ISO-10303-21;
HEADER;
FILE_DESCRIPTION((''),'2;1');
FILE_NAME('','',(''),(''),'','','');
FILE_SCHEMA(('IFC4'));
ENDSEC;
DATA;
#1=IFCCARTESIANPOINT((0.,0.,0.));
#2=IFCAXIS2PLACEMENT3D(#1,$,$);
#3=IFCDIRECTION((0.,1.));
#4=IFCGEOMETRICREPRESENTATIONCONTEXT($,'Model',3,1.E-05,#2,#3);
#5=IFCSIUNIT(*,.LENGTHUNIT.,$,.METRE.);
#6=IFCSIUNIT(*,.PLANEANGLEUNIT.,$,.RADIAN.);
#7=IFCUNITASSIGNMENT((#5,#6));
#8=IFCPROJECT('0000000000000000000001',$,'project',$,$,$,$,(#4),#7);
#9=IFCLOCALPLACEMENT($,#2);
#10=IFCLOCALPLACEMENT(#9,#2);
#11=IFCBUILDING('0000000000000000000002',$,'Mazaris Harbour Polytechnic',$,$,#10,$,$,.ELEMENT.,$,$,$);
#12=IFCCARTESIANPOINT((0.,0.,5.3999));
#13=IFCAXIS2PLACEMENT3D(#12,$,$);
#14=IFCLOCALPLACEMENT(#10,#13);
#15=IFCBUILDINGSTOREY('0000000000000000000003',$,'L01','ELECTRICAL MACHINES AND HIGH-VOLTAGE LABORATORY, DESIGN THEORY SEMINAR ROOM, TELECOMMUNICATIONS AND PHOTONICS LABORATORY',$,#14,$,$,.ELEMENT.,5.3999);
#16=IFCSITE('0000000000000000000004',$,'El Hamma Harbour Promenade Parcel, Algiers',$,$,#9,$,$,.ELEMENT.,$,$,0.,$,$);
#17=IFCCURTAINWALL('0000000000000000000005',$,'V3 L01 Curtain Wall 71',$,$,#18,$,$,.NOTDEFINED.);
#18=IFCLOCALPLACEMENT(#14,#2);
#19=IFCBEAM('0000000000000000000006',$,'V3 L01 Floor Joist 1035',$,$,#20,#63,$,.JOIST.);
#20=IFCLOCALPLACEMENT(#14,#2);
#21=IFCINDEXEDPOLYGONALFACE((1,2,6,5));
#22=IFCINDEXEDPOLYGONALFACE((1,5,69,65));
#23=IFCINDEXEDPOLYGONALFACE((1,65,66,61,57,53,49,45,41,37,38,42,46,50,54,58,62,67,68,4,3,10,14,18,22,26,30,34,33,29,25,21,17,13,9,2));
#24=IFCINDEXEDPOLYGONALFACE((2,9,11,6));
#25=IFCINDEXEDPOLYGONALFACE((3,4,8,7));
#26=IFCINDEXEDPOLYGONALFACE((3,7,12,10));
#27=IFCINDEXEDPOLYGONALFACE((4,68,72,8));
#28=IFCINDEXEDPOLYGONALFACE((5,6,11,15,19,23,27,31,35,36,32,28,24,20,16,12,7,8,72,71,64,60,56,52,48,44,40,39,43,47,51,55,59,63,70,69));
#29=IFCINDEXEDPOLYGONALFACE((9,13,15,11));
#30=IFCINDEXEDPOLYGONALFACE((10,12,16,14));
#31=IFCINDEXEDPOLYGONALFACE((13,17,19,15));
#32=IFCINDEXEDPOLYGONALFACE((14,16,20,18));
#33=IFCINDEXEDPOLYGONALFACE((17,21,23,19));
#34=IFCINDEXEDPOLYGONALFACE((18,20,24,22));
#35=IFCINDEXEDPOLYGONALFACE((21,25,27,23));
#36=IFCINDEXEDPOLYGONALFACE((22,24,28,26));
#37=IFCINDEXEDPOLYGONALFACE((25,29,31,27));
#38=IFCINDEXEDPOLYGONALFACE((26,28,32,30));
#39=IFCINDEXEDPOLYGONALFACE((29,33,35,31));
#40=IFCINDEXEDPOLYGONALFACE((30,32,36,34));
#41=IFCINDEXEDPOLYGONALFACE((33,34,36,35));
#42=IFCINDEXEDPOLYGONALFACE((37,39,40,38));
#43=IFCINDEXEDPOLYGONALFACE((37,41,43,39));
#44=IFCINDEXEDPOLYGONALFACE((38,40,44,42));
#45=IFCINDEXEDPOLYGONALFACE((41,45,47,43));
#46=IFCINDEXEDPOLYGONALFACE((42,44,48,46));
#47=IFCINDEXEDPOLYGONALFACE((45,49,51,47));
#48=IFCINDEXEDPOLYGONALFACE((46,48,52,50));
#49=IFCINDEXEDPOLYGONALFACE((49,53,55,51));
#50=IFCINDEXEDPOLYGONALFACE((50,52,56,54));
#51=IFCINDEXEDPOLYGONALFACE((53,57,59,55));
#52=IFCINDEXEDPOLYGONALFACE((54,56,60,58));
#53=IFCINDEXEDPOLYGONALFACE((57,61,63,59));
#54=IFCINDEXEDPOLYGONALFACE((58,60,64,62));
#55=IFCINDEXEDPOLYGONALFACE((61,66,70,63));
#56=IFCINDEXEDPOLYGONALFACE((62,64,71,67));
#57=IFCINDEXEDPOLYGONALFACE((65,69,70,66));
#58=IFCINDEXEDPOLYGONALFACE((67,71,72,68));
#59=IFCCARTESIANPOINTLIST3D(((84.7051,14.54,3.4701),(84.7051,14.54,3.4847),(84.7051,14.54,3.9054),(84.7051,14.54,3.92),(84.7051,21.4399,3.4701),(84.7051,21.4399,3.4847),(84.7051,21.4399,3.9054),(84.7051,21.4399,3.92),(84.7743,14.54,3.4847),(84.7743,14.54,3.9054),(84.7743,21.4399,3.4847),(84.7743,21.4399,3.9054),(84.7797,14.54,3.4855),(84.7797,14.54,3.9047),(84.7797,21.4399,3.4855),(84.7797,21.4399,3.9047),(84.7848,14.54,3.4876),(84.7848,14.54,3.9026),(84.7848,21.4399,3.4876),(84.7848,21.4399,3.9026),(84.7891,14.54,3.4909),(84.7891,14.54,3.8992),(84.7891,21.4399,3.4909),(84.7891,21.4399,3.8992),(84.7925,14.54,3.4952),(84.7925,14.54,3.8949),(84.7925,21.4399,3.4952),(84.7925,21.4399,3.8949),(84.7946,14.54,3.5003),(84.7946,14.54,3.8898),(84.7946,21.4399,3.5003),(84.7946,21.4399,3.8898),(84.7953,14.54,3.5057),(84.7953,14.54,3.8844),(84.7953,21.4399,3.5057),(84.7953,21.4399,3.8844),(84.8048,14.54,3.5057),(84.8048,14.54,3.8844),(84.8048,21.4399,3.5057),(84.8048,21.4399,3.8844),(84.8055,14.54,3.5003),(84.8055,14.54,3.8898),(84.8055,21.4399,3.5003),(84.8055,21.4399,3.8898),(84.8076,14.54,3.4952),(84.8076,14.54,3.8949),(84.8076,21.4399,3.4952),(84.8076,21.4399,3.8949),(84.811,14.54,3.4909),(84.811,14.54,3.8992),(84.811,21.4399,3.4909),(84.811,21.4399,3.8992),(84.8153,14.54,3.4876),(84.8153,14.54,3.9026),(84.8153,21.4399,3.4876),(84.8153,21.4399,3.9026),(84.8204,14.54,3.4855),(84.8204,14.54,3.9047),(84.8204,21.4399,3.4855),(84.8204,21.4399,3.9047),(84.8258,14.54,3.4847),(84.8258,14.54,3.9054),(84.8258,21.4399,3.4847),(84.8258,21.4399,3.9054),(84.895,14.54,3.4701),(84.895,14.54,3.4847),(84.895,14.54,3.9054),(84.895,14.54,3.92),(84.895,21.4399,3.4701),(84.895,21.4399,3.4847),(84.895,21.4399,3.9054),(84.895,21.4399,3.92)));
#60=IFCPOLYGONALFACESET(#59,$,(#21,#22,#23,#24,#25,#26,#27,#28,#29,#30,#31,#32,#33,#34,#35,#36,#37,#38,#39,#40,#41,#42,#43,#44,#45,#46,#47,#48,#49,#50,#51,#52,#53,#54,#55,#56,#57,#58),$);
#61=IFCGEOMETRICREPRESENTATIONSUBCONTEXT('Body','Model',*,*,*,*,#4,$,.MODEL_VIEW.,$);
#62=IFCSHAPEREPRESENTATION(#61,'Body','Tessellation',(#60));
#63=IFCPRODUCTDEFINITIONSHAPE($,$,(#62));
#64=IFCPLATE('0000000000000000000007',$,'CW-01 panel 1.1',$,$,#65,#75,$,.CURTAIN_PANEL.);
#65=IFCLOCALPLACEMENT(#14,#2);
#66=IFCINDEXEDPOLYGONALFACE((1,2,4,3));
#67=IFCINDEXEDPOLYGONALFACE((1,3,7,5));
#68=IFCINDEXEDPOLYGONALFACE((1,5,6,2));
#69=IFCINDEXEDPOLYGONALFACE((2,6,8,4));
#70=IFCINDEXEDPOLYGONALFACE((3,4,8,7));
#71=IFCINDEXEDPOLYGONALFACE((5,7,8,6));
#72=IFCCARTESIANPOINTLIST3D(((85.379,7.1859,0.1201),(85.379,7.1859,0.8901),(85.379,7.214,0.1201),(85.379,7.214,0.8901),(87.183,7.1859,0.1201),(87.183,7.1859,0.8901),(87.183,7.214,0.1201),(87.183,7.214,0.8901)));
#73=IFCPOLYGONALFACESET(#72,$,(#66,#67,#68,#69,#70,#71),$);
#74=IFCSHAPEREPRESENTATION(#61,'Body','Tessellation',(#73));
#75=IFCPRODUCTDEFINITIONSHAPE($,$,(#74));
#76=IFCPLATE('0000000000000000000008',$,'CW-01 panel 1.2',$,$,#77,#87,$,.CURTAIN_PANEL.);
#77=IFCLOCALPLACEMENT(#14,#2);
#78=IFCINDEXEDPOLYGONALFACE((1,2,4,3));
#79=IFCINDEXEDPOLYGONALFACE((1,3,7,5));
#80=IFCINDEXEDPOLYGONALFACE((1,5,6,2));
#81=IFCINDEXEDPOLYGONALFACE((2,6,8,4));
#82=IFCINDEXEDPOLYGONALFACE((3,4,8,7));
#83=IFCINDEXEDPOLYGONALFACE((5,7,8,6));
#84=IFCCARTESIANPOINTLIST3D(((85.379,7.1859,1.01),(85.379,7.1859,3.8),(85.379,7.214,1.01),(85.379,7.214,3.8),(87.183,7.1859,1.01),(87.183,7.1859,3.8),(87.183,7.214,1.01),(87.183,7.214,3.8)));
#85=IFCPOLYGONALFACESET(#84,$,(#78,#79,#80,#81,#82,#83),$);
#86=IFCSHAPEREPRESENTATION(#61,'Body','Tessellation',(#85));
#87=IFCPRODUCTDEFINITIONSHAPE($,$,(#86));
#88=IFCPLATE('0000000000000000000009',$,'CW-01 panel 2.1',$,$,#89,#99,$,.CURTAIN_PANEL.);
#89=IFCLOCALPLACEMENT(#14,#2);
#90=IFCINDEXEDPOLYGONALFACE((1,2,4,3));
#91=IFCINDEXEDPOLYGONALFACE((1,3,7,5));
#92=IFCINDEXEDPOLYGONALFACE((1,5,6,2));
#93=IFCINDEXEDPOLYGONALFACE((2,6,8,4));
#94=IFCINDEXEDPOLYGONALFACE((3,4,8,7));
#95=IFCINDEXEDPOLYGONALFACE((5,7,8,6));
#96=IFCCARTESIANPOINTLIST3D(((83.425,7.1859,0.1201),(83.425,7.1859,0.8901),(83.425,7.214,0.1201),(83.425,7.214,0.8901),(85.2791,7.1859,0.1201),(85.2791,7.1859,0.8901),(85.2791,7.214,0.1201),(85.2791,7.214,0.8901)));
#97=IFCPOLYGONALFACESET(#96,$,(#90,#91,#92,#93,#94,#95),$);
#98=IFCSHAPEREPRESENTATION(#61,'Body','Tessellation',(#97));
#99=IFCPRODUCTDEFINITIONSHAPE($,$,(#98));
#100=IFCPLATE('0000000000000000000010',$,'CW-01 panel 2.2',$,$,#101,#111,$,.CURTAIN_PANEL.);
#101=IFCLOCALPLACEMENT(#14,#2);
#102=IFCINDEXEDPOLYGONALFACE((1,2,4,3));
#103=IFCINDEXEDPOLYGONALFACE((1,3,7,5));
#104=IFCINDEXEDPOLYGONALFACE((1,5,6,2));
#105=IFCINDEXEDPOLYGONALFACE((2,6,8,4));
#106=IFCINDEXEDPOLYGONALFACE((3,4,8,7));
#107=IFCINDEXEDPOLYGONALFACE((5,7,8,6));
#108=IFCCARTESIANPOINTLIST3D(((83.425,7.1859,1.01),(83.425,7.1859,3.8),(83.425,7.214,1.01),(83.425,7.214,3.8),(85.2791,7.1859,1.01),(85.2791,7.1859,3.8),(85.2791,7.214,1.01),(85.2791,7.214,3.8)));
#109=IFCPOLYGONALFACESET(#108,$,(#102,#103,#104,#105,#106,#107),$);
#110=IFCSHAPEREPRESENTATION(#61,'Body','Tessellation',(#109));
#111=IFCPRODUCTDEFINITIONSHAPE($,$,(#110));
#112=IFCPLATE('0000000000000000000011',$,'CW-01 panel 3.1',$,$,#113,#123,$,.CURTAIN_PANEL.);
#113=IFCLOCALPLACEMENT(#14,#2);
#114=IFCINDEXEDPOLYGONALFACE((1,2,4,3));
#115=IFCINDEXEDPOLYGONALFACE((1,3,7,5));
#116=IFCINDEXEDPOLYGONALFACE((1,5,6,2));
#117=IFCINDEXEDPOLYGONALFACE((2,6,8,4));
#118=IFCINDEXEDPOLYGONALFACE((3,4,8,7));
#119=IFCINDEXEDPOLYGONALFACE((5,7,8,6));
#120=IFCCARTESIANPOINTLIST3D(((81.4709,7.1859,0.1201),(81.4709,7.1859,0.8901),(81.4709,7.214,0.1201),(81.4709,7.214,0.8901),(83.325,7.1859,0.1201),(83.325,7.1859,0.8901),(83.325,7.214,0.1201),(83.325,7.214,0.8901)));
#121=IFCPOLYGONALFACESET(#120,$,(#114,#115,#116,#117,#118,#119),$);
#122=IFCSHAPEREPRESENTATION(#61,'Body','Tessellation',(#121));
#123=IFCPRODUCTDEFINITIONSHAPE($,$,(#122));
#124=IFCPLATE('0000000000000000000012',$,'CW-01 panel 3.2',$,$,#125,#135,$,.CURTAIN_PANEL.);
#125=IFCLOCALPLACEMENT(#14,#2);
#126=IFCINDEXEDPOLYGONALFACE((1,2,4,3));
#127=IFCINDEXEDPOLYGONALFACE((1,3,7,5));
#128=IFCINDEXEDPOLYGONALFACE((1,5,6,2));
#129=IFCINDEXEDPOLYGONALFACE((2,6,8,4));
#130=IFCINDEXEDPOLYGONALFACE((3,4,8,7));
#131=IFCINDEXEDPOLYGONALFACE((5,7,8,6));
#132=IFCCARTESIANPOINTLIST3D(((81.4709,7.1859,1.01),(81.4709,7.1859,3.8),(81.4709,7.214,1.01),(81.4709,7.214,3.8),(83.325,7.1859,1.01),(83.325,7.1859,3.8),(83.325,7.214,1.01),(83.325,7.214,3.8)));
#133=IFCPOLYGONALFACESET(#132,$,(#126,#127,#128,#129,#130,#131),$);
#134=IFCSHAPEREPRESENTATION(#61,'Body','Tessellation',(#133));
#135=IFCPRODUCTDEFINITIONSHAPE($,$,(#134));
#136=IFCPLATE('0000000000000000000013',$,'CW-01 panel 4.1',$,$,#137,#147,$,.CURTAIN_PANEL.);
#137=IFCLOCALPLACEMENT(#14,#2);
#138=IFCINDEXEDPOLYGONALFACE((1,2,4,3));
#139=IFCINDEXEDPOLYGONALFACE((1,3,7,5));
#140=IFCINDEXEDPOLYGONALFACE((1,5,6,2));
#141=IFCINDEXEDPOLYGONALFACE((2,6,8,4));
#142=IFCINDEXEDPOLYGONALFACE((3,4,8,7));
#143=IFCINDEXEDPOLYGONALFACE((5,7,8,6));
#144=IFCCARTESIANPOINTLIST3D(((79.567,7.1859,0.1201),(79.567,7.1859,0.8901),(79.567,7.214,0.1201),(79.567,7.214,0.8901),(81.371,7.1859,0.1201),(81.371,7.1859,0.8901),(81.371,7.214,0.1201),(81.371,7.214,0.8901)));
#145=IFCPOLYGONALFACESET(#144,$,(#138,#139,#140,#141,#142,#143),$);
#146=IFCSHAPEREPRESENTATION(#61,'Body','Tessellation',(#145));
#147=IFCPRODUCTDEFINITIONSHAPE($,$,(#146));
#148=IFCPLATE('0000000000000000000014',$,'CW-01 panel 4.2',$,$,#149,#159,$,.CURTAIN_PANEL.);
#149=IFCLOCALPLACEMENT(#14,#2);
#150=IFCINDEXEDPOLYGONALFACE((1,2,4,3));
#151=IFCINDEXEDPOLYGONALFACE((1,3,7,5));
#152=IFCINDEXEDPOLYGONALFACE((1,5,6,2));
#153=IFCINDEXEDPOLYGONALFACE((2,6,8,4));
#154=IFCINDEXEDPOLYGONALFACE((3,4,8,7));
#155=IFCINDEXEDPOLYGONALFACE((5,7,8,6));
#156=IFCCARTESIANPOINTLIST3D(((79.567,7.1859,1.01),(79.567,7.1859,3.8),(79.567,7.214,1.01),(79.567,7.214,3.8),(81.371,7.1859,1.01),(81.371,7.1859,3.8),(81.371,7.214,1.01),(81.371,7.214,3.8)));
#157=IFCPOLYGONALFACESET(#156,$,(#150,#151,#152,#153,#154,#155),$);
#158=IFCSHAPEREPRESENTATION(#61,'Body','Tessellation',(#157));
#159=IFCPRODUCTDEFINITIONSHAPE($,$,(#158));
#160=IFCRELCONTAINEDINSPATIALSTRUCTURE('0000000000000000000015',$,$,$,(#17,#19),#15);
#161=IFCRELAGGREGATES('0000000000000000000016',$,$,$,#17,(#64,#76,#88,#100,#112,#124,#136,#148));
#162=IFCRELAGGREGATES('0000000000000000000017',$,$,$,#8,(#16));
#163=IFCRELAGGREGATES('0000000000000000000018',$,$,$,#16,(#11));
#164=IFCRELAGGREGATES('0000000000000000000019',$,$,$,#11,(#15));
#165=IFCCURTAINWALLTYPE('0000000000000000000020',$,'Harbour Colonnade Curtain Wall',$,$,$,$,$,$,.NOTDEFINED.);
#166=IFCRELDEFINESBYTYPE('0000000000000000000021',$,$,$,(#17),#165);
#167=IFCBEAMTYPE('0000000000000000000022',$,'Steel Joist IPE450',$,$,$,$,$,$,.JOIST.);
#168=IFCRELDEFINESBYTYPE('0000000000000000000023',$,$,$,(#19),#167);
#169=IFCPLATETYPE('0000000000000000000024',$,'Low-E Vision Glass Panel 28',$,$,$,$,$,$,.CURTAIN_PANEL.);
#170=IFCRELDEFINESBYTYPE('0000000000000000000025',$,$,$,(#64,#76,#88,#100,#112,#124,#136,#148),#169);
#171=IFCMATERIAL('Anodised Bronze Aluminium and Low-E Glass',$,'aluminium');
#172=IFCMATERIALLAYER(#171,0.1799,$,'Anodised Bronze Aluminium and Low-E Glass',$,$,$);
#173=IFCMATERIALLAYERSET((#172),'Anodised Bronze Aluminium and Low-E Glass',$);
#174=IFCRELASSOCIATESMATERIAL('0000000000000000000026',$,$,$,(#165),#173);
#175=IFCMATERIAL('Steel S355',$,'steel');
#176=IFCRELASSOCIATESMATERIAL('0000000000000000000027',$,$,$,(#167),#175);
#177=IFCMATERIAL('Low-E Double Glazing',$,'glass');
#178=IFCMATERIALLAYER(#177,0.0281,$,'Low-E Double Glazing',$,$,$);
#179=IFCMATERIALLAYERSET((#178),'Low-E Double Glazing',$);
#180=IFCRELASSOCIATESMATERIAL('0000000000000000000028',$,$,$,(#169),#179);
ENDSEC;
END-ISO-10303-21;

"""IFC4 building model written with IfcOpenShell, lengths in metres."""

from ifc_helpers import new_model, si_unit, direction, frame, origin, origin_2d, place, context, subcontext, project, spatial, rectangle, i_section, extrude, material, layer, layer_set, material_profile, profile_set, type_object, element, aggregate, save


model = new_model("IFC4")

# Units and contexts
model_context = context("Model", 3, precision=1e-05, world=origin(), true_north=direction((0.0, 1.0)))
body_context = subcontext(model_context, "Body", "Model", "MODEL_VIEW")
ifc_project = project(units=[si_unit("LENGTHUNIT", "METRE"), si_unit("PLANEANGLEUNIT", "RADIAN")], contexts=[model_context])

# Site, building, storey
site_placement = place(None, origin())
site = spatial("IfcSite", under=ifc_project, at=site_placement, Name="El Hamma Harbour Promenade Parcel, Algiers", CompositionType="ELEMENT", RefElevation=0.0)
building_placement = place(site_placement, origin())
building = spatial("IfcBuilding", under=site, at=building_placement, Name="Mazaris Harbour Polytechnic", CompositionType="ELEMENT")
storey_placement = place(building_placement, frame((0.0, 0.0, 5.3999)))
storey = spatial("IfcBuildingStorey", under=building, at=storey_placement, Name="L01", Description="ELECTRICAL MACHINES AND HIGH-VOLTAGE LABORATORY, DESIGN THEORY SEMINAR ROOM, TELECOMMUNICATIONS AND PHOTONICS LABORATORY", CompositionType="ELEMENT", Elevation=5.3999)

# Curtain wall
ifc_material_1 = material(Name="Anodised Bronze Aluminium and Low-E Glass", Category="aluminium")
ifc_layer_1 = layer(ifc_material_1, 0.1799, Name="Anodised Bronze Aluminium and Low-E Glass")
ifc_layer_set_1 = layer_set([ifc_layer_1], Name="Anodised Bronze Aluminium and Low-E Glass")
curtain_wall_type = type_object("IfcCurtainWallType", Name="Harbour Colonnade Curtain Wall", PredefinedType="NOTDEFINED", material=ifc_layer_set_1)
curtain_wall_placement = place(storey_placement, origin())
curtain_wall = element("IfcCurtainWall", 1, at=curtain_wall_placement, inside=storey, type_object=curtain_wall_type, Name="V3 L01 Curtain Wall 71", PredefinedType="NOTDEFINED")

# Beam
ifc_material_2 = material(Name="Steel S355", Category="steel")
ifc_material_profile_1 = material_profile(ifc_material_2, i_section(OverallWidth=0.1899, OverallDepth=0.45, WebThickness=0.0095, FlangeThickness=0.0146, FilletRadius=0.021, at=origin_2d()), Name="IPE 450")
ifc_profile_set_1 = profile_set([ifc_material_profile_1], Name="Steel S355")
beam_type_1 = type_object("IfcBeamType", Name="Steel Joist IPE450", PredefinedType="JOIST", material=ifc_profile_set_1)
beam_1_placement = place(storey_placement, frame((84.8, 14.54, 3.6951), z_axis=(0.0, 1.0, 0.0), x_axis=(-1.0, 0.0, 0.0)))
element("IfcBeam", 2, at=beam_1_placement, inside=storey, type_object=beam_type_1, Name="V3 L01 Floor Joist 1035", PredefinedType="JOIST", context=body_context, shape_type="SweptSolid", body=[
    extrude(i_section(OverallWidth=0.1899, OverallDepth=0.45, WebThickness=0.0095, FlangeThickness=0.0146, FilletRadius=0.021, at=origin_2d()), origin(), (0.0, 0.0, 1.0), 6.8999),
])

# Plates
ifc_material_3 = material(Name="Low-E Double Glazing", Category="glass")
ifc_layer_2 = layer(ifc_material_3, 0.0281, Name="Low-E Double Glazing")
ifc_layer_set_2 = layer_set([ifc_layer_2], Name="Low-E Double Glazing")
plate_type = type_object("IfcPlateType", Name="Low-E Vision Glass Panel 28", PredefinedType="CURTAIN_PANEL", material=ifc_layer_set_2)
plate_1_placement = place(storey_placement, frame((86.281, 7.2, 0.1201), z_axis=(0.0, 0.0, 1.0), x_axis=(-1.0, 0.0, 0.0)))
plate_1 = element("IfcPlate", 3, at=plate_1_placement, type_object=plate_type, Name="CW-01 panel 1.1", PredefinedType="CURTAIN_PANEL", context=body_context, shape_type="SweptSolid", body=[
    extrude(rectangle(XDim=1.804, YDim=0.0281, at=origin_2d()), origin(), (0.0, 0.0, 1.0), 0.77),
])
plate_2_placement = place(storey_placement, frame((86.281, 7.2, 1.01), z_axis=(0.0, 0.0, 1.0), x_axis=(-1.0, 0.0, 0.0)))
plate_2 = element("IfcPlate", 4, at=plate_2_placement, type_object=plate_type, Name="CW-01 panel 1.2", PredefinedType="CURTAIN_PANEL", context=body_context, shape_type="SweptSolid", body=[
    extrude(rectangle(XDim=1.804, YDim=0.0281, at=origin_2d()), origin(), (0.0, 0.0, 1.0), 2.79),
])
plate_3_placement = place(storey_placement, frame((84.3521, 7.2, 0.1201), z_axis=(0.0, 0.0, 1.0), x_axis=(-1.0, 0.0, 0.0)))
plate_3 = element("IfcPlate", 5, at=plate_3_placement, type_object=plate_type, Name="CW-01 panel 2.1", PredefinedType="CURTAIN_PANEL", context=body_context, shape_type="SweptSolid", body=[
    extrude(rectangle(XDim=1.854, YDim=0.0281, at=origin_2d()), origin(), (0.0, 0.0, 1.0), 0.77),
])
plate_4_placement = place(storey_placement, frame((84.3521, 7.2, 1.01), z_axis=(0.0, 0.0, 1.0), x_axis=(-1.0, 0.0, 0.0)))
plate_4 = element("IfcPlate", 6, at=plate_4_placement, type_object=plate_type, Name="CW-01 panel 2.2", PredefinedType="CURTAIN_PANEL", context=body_context, shape_type="SweptSolid", body=[
    extrude(rectangle(XDim=1.854, YDim=0.0281, at=origin_2d()), origin(), (0.0, 0.0, 1.0), 2.79),
])
plate_5_placement = place(storey_placement, frame((82.3979, 7.2, 0.1201), z_axis=(0.0, 0.0, 1.0), x_axis=(-1.0, 0.0, 0.0)))
plate_5 = element("IfcPlate", 7, at=plate_5_placement, type_object=plate_type, Name="CW-01 panel 3.1", PredefinedType="CURTAIN_PANEL", context=body_context, shape_type="SweptSolid", body=[
    extrude(rectangle(XDim=1.854, YDim=0.0281, at=origin_2d()), origin(), (0.0, 0.0, 1.0), 0.77),
])
plate_6_placement = place(storey_placement, frame((82.3979, 7.2, 1.01), z_axis=(0.0, 0.0, 1.0), x_axis=(-1.0, 0.0, 0.0)))
plate_6 = element("IfcPlate", 8, at=plate_6_placement, type_object=plate_type, Name="CW-01 panel 3.2", PredefinedType="CURTAIN_PANEL", context=body_context, shape_type="SweptSolid", body=[
    extrude(rectangle(XDim=1.854, YDim=0.0281, at=origin_2d()), origin(), (0.0, 0.0, 1.0), 2.79),
])
plate_7_placement = place(storey_placement, frame((80.469, 7.2, 0.1201), z_axis=(0.0, 0.0, 1.0), x_axis=(-1.0, 0.0, 0.0)))
plate_7 = element("IfcPlate", 9, at=plate_7_placement, type_object=plate_type, Name="CW-01 panel 4.1", PredefinedType="CURTAIN_PANEL", context=body_context, shape_type="SweptSolid", body=[
    extrude(rectangle(XDim=1.804, YDim=0.0281, at=origin_2d()), origin(), (0.0, 0.0, 1.0), 0.77),
])
plate_8_placement = place(storey_placement, frame((80.469, 7.2, 1.01), z_axis=(0.0, 0.0, 1.0), x_axis=(-1.0, 0.0, 0.0)))
plate_8 = element("IfcPlate", 10, at=plate_8_placement, type_object=plate_type, Name="CW-01 panel 4.2", PredefinedType="CURTAIN_PANEL", context=body_context, shape_type="SweptSolid", body=[
    extrude(rectangle(XDim=1.804, YDim=0.0281, at=origin_2d()), origin(), (0.0, 0.0, 1.0), 2.79),
])
aggregate(curtain_wall, [plate_1, plate_2, plate_3, plate_4, plate_5, plate_6, plate_7, plate_8])

save(model, "model.ifc")
